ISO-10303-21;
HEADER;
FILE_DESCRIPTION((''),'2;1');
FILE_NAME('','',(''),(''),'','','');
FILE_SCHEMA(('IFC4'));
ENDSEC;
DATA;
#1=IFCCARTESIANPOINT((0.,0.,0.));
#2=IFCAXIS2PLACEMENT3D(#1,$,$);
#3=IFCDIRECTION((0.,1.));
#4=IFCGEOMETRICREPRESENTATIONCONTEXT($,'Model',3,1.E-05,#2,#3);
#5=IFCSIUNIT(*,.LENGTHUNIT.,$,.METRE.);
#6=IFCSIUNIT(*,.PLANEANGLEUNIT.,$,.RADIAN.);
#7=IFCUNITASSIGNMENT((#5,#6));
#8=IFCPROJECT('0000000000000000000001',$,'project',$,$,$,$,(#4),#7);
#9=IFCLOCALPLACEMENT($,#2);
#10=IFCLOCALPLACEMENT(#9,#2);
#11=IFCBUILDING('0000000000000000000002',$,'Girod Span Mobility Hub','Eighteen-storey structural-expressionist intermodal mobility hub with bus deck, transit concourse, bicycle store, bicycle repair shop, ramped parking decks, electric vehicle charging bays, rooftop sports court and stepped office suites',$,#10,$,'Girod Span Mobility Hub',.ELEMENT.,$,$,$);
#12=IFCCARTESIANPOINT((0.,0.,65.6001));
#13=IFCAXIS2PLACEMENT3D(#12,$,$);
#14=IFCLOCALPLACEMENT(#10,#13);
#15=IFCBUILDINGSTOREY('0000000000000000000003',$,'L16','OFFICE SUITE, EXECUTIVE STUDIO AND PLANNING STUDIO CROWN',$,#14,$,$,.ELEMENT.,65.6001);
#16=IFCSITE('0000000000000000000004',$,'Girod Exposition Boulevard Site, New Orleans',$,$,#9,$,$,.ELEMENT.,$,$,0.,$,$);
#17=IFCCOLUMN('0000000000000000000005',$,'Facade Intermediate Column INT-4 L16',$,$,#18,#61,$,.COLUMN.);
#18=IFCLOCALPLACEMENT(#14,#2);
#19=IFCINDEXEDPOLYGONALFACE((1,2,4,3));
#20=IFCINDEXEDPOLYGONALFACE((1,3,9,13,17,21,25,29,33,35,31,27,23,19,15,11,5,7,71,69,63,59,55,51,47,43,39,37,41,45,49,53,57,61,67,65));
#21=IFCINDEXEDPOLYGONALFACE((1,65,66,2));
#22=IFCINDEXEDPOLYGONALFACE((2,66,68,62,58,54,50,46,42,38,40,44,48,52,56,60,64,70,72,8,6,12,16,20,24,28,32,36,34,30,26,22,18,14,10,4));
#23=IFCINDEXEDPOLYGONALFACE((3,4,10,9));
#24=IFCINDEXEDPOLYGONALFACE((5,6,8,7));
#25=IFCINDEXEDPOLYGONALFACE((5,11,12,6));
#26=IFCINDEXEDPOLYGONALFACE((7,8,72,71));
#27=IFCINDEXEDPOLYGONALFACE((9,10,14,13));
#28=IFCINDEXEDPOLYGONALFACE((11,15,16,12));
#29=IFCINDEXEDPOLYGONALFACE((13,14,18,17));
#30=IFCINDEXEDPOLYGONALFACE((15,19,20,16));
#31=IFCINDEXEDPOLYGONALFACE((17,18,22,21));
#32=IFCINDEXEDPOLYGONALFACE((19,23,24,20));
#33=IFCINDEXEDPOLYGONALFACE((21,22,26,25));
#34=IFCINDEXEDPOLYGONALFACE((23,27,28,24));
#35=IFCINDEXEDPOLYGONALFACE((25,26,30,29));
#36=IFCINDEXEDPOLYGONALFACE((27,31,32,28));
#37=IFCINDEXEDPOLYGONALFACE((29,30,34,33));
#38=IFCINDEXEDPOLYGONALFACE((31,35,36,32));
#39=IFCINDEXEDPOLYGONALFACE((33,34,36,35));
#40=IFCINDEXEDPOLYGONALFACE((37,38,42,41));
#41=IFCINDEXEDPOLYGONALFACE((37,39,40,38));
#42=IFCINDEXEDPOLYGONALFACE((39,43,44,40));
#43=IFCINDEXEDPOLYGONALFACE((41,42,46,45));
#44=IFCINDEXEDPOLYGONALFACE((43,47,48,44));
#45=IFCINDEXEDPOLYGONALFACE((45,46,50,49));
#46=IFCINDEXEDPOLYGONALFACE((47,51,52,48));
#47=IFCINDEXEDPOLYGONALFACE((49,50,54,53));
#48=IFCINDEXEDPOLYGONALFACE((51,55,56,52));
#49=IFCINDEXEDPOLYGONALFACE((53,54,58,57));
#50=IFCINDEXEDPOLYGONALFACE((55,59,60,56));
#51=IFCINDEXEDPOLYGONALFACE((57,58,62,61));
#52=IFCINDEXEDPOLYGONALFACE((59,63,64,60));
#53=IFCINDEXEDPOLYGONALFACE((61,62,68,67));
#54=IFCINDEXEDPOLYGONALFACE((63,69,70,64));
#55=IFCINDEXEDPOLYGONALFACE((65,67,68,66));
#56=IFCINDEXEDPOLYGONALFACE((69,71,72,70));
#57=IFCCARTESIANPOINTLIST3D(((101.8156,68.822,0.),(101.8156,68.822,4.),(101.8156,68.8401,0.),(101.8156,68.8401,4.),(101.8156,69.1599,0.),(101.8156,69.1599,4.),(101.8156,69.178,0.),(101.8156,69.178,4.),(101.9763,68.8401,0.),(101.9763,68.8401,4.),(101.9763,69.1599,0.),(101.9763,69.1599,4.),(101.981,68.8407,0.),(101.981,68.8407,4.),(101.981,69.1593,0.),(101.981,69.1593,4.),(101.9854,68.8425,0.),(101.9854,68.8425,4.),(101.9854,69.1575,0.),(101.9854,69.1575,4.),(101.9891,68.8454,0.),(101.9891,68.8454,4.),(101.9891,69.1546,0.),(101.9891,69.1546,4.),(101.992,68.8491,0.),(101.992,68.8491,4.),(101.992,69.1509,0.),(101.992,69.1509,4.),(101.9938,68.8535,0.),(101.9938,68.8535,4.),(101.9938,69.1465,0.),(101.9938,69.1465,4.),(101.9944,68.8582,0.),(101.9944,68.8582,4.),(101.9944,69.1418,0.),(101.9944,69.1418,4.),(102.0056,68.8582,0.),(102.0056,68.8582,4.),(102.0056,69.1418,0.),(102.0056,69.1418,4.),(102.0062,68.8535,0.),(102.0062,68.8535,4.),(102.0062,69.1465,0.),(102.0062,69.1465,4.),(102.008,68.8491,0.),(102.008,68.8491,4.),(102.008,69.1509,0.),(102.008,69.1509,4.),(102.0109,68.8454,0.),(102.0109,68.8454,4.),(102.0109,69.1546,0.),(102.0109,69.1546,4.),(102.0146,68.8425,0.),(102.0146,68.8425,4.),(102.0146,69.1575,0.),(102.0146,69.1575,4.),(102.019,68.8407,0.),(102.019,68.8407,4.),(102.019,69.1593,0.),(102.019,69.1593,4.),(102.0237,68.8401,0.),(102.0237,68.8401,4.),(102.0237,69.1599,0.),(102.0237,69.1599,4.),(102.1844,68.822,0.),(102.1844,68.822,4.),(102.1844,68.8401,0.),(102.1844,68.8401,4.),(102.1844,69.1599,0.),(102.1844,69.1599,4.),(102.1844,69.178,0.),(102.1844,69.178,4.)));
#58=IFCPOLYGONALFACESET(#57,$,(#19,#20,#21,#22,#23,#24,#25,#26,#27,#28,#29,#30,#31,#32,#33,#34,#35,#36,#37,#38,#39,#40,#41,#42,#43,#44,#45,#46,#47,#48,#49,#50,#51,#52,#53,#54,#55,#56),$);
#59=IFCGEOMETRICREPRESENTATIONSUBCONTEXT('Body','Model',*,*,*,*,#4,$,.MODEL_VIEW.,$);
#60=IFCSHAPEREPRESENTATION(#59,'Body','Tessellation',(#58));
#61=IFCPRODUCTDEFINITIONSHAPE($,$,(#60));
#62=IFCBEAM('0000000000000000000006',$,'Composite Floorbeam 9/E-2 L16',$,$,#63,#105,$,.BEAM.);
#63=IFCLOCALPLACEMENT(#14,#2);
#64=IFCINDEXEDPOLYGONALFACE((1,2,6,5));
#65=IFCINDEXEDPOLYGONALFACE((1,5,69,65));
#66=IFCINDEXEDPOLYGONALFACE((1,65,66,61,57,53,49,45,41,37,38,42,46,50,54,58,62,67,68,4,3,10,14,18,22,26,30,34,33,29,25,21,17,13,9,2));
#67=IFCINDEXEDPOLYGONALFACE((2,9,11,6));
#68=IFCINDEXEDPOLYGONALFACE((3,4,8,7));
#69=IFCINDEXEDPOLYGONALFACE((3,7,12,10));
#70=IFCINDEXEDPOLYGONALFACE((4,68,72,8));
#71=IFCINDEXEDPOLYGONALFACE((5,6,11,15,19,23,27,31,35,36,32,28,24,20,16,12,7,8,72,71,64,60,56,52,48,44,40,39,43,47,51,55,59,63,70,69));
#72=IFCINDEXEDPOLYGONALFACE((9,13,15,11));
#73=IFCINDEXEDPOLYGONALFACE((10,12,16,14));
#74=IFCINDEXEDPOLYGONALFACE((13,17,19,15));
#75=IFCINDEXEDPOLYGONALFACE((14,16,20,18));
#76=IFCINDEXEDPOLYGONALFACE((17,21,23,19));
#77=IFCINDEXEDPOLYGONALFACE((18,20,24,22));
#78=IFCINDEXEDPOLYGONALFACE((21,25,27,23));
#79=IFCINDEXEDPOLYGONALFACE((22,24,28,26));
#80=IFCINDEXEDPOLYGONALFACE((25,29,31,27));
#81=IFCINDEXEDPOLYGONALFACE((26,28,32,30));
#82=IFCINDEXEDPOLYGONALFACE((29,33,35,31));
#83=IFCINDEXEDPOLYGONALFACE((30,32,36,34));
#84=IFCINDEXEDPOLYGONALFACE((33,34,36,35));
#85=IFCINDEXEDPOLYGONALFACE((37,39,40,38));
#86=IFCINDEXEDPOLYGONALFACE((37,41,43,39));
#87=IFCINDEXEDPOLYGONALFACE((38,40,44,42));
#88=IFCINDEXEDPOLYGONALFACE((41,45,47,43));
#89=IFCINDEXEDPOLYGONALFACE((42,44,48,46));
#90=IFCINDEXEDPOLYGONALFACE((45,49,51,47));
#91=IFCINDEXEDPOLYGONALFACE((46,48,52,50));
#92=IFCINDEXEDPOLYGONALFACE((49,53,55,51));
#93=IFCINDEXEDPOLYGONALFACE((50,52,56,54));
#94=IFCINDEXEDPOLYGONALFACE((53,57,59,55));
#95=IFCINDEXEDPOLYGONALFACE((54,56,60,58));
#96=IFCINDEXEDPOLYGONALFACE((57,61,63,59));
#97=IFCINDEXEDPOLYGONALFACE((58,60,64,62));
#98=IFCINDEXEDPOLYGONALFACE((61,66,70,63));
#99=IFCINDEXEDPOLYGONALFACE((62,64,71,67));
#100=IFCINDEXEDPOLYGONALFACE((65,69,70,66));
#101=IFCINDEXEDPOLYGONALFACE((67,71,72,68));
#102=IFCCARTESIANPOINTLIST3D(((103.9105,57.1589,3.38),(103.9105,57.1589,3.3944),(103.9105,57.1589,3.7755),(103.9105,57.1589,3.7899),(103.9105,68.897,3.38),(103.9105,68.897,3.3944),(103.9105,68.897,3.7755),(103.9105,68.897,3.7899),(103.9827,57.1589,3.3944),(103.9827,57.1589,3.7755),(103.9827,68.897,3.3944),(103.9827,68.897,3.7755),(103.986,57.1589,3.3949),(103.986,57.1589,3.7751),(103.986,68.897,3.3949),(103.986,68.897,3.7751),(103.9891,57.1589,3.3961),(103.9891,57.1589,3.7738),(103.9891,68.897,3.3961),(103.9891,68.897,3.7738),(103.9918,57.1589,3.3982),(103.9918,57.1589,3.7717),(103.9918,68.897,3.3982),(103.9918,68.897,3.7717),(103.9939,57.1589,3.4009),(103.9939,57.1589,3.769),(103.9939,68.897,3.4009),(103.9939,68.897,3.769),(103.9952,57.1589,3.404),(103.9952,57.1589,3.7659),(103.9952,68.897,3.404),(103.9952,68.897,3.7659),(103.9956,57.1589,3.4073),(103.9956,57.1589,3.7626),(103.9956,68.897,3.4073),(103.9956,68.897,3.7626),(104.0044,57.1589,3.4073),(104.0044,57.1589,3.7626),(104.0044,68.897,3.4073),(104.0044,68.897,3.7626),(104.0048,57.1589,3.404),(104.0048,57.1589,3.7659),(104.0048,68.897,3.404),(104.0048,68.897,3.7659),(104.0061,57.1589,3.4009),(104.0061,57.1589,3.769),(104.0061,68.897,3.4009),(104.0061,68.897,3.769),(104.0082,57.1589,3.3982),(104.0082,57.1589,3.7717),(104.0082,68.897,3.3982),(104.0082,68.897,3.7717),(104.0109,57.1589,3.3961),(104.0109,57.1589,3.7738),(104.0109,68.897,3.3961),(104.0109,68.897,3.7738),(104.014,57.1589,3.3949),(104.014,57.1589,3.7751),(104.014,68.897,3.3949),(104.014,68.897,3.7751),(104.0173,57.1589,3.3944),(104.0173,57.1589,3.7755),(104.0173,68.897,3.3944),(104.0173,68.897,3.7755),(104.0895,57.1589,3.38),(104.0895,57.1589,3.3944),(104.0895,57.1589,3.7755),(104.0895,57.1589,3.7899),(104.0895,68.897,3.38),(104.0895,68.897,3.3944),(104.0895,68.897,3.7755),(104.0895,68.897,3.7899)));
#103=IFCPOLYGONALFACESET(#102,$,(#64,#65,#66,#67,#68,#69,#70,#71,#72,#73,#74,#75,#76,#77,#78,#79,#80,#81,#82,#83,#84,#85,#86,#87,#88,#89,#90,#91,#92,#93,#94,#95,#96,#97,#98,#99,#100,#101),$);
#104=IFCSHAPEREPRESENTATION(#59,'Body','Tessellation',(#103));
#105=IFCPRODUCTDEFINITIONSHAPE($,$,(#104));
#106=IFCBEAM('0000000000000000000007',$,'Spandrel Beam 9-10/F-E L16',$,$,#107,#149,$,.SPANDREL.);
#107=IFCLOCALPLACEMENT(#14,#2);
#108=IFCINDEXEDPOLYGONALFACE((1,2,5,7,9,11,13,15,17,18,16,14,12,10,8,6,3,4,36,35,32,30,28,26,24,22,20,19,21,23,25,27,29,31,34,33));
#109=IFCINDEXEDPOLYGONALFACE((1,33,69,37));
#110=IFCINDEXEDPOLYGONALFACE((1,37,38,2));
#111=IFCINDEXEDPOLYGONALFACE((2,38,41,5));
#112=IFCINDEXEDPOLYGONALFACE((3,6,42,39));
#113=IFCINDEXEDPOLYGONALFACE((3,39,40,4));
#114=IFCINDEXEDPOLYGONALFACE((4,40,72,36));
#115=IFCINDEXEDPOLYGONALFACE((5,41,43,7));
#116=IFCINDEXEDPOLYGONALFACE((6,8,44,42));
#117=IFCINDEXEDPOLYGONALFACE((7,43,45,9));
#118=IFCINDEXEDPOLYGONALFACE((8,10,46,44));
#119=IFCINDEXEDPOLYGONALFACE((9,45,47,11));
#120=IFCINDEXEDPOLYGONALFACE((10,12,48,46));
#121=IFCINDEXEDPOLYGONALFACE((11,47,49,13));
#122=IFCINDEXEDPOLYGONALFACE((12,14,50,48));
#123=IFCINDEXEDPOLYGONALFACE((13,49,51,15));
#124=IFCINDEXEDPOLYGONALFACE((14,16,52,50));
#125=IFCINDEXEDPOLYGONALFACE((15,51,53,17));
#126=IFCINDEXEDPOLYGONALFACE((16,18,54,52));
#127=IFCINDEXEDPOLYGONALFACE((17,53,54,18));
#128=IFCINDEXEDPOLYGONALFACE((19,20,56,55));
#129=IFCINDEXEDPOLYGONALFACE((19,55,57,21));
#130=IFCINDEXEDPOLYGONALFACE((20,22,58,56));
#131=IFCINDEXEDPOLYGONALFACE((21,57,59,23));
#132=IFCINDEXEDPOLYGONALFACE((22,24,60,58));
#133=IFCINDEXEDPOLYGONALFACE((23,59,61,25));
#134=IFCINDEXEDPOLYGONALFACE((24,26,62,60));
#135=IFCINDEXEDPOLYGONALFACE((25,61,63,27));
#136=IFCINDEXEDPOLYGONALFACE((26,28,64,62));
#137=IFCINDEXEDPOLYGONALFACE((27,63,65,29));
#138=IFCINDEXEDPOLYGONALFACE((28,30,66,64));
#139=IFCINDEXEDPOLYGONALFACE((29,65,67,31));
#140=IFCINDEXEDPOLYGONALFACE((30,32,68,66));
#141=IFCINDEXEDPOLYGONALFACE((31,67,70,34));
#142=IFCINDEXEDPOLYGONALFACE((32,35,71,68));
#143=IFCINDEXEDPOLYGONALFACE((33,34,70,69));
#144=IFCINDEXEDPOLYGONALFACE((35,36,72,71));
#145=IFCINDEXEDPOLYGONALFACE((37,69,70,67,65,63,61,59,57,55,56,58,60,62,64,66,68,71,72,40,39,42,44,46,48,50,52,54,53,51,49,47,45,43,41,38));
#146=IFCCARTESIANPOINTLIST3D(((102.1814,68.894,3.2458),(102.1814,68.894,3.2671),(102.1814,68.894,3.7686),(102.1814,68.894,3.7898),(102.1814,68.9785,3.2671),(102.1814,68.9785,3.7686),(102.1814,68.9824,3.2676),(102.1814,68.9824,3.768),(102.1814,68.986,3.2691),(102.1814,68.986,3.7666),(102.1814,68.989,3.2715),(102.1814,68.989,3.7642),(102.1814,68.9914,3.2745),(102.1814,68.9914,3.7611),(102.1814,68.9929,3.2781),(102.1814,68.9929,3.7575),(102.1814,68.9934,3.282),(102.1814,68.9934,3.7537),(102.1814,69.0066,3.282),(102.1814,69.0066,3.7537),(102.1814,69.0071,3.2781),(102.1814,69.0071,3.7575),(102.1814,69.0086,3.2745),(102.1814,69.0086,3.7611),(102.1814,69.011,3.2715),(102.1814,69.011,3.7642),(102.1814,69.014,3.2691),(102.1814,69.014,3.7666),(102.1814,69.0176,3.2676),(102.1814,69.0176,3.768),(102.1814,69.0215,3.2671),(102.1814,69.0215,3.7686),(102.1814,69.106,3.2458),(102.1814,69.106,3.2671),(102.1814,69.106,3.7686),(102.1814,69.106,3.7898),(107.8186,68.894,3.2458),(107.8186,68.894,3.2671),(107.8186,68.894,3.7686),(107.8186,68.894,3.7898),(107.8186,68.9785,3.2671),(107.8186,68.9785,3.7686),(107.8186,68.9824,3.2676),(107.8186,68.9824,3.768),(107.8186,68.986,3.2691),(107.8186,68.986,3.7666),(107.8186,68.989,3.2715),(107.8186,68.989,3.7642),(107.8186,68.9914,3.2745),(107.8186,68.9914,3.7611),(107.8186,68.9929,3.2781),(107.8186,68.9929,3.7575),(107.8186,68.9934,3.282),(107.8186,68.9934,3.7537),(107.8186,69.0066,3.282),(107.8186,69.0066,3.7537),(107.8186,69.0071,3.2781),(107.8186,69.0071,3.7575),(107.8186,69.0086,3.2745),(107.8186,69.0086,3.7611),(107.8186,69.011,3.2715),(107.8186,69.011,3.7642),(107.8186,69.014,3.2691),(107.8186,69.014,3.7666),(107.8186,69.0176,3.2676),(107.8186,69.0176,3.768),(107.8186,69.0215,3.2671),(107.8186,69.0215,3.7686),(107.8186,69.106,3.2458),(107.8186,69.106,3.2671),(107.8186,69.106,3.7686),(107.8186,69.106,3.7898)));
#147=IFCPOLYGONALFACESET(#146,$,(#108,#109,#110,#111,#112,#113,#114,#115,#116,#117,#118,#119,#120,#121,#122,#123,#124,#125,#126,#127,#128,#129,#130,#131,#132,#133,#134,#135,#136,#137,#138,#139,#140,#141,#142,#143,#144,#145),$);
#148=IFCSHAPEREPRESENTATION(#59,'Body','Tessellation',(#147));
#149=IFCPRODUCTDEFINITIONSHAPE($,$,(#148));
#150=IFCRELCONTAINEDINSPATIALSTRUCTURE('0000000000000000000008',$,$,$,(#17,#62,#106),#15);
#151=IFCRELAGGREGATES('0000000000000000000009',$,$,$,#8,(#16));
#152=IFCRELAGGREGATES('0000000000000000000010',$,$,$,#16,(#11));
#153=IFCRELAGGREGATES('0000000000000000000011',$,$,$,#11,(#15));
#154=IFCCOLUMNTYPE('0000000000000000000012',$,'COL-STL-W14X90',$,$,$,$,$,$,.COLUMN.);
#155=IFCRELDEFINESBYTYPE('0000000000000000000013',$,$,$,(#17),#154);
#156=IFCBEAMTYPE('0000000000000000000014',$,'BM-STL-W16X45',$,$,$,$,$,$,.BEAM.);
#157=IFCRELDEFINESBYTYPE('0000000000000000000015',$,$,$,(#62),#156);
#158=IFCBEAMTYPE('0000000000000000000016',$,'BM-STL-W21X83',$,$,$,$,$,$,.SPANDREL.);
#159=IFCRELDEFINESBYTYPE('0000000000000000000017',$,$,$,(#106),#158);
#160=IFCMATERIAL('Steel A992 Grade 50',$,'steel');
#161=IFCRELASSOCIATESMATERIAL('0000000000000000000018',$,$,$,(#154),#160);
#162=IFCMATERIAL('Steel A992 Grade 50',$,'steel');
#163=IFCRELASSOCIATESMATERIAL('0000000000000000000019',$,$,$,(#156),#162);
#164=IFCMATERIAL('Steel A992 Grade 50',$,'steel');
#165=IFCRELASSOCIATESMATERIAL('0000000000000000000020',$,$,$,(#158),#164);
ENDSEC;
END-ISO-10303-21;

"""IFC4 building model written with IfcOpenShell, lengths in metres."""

from ifc_helpers import new_model, si_unit, direction, frame, origin, origin_2d, place, context, subcontext, project, spatial, i_section, extrude, material, material_profile, profile_set, type_object, element, save


model = new_model("IFC4")

# Units and contexts
model_context = context("Model", 3, precision=1e-05, world=origin(), true_north=direction((0.0, 1.0)))
body_context = subcontext(model_context, "Body", "Model", "MODEL_VIEW")
ifc_project = project(units=[si_unit("LENGTHUNIT", "METRE"), si_unit("PLANEANGLEUNIT", "RADIAN")], contexts=[model_context])

# Site, building, storey
site_placement = place(None, origin())
site = spatial("IfcSite", under=ifc_project, at=site_placement, Name="Girod Exposition Boulevard Site, New Orleans", CompositionType="ELEMENT", RefElevation=0.0)
building_placement = place(site_placement, origin())
building = spatial("IfcBuilding", under=site, at=building_placement, Name="Girod Span Mobility Hub", Description="Eighteen-storey structural-expressionist intermodal mobility hub with bus deck, transit concourse, bicycle store, bicycle repair shop, ramped parking decks, electric vehicle charging bays, rooftop sports court and stepped office suites", LongName="Girod Span Mobility Hub", CompositionType="ELEMENT")
storey_placement = place(building_placement, frame((0.0, 0.0, 65.6001)))
storey = spatial("IfcBuildingStorey", under=building, at=storey_placement, Name="L16", Description="OFFICE SUITE, EXECUTIVE STUDIO AND PLANNING STUDIO CROWN", CompositionType="ELEMENT", Elevation=65.6001)

# Column
ifc_material_1 = material(Name="Steel A992 Grade 50", Category="steel")
ifc_material_profile_1 = material_profile(ifc_material_1, i_section(OverallWidth=0.3689, OverallDepth=0.356, WebThickness=0.0112, FlangeThickness=0.0181, FilletRadius=0.0181, at=origin_2d()), Name="W14X90")
ifc_profile_set_1 = profile_set([ifc_material_profile_1], Name="Steel A992 Grade 50")
column_type = type_object("IfcColumnType", Name="COL-STL-W14X90", PredefinedType="COLUMN", material=ifc_profile_set_1)
column_placement = place(storey_placement, frame((102.0, 69.0, 0.0), z_axis=(0.0, 0.0, 1.0), x_axis=(1.0, 0.0, 0.0)))
element("IfcColumn", 1, at=column_placement, inside=storey, type_object=column_type, Name="Facade Intermediate Column INT-4 L16", PredefinedType="COLUMN", context=body_context, shape_type="SweptSolid", body=[
    extrude(i_section(OverallWidth=0.3689, OverallDepth=0.356, WebThickness=0.0112, FlangeThickness=0.0181, FilletRadius=0.0181, at=origin_2d()), origin(), (0.0, 0.0, 1.0), 4.0),
])

# Beams
ifc_material_2 = material(Name="Steel A992 Grade 50", Category="steel")
ifc_material_profile_2 = material_profile(ifc_material_2, i_section(OverallWidth=0.179, OverallDepth=0.4099, WebThickness=0.0088, FlangeThickness=0.0144, FilletRadius=0.0129, at=origin_2d()), Name="W16X45")
ifc_profile_set_2 = profile_set([ifc_material_profile_2], Name="Steel A992 Grade 50")
beam_type_1 = type_object("IfcBeamType", Name="BM-STL-W16X45", PredefinedType="BEAM", material=ifc_profile_set_2)
beam_1_placement = place(storey_placement, frame((104.0, 57.1589, 3.585), z_axis=(0.0, 1.0, 0.0), x_axis=(-1.0, 0.0, 0.0)))
element("IfcBeam", 2, at=beam_1_placement, inside=storey, type_object=beam_type_1, Name="Composite Floorbeam 9/E-2 L16", PredefinedType="BEAM", context=body_context, shape_type="SweptSolid", body=[
    extrude(i_section(OverallWidth=0.179, OverallDepth=0.4099, WebThickness=0.0088, FlangeThickness=0.0144, FilletRadius=0.0129, at=origin_2d()), origin(), (0.0, 0.0, 1.0), 11.738),
])
ifc_material_3 = material(Name="Steel A992 Grade 50", Category="steel")
ifc_material_profile_3 = material_profile(ifc_material_3, i_section(OverallWidth=0.2119, OverallDepth=0.5439, WebThickness=0.0132, FlangeThickness=0.0212, FilletRadius=0.0149, at=origin_2d()), Name="W21X83")
ifc_profile_set_3 = profile_set([ifc_material_profile_3], Name="Steel A992 Grade 50")
beam_type_2 = type_object("IfcBeamType", Name="BM-STL-W21X83", PredefinedType="SPANDREL", material=ifc_profile_set_3)
beam_2_placement = place(storey_placement, frame((102.1814, 69.0, 3.5178), z_axis=(1.0, 0.0, 0.0), x_axis=(0.0, 1.0, 0.0)))
element("IfcBeam", 3, at=beam_2_placement, inside=storey, type_object=beam_type_2, Name="Spandrel Beam 9-10/F-E L16", PredefinedType="SPANDREL", context=body_context, shape_type="SweptSolid", body=[
    extrude(i_section(OverallWidth=0.2119, OverallDepth=0.5439, WebThickness=0.0132, FlangeThickness=0.0212, FilletRadius=0.0149, at=origin_2d()), origin(), (0.0, 0.0, 1.0), 5.6372),
])

save(model, "model.ifc")
